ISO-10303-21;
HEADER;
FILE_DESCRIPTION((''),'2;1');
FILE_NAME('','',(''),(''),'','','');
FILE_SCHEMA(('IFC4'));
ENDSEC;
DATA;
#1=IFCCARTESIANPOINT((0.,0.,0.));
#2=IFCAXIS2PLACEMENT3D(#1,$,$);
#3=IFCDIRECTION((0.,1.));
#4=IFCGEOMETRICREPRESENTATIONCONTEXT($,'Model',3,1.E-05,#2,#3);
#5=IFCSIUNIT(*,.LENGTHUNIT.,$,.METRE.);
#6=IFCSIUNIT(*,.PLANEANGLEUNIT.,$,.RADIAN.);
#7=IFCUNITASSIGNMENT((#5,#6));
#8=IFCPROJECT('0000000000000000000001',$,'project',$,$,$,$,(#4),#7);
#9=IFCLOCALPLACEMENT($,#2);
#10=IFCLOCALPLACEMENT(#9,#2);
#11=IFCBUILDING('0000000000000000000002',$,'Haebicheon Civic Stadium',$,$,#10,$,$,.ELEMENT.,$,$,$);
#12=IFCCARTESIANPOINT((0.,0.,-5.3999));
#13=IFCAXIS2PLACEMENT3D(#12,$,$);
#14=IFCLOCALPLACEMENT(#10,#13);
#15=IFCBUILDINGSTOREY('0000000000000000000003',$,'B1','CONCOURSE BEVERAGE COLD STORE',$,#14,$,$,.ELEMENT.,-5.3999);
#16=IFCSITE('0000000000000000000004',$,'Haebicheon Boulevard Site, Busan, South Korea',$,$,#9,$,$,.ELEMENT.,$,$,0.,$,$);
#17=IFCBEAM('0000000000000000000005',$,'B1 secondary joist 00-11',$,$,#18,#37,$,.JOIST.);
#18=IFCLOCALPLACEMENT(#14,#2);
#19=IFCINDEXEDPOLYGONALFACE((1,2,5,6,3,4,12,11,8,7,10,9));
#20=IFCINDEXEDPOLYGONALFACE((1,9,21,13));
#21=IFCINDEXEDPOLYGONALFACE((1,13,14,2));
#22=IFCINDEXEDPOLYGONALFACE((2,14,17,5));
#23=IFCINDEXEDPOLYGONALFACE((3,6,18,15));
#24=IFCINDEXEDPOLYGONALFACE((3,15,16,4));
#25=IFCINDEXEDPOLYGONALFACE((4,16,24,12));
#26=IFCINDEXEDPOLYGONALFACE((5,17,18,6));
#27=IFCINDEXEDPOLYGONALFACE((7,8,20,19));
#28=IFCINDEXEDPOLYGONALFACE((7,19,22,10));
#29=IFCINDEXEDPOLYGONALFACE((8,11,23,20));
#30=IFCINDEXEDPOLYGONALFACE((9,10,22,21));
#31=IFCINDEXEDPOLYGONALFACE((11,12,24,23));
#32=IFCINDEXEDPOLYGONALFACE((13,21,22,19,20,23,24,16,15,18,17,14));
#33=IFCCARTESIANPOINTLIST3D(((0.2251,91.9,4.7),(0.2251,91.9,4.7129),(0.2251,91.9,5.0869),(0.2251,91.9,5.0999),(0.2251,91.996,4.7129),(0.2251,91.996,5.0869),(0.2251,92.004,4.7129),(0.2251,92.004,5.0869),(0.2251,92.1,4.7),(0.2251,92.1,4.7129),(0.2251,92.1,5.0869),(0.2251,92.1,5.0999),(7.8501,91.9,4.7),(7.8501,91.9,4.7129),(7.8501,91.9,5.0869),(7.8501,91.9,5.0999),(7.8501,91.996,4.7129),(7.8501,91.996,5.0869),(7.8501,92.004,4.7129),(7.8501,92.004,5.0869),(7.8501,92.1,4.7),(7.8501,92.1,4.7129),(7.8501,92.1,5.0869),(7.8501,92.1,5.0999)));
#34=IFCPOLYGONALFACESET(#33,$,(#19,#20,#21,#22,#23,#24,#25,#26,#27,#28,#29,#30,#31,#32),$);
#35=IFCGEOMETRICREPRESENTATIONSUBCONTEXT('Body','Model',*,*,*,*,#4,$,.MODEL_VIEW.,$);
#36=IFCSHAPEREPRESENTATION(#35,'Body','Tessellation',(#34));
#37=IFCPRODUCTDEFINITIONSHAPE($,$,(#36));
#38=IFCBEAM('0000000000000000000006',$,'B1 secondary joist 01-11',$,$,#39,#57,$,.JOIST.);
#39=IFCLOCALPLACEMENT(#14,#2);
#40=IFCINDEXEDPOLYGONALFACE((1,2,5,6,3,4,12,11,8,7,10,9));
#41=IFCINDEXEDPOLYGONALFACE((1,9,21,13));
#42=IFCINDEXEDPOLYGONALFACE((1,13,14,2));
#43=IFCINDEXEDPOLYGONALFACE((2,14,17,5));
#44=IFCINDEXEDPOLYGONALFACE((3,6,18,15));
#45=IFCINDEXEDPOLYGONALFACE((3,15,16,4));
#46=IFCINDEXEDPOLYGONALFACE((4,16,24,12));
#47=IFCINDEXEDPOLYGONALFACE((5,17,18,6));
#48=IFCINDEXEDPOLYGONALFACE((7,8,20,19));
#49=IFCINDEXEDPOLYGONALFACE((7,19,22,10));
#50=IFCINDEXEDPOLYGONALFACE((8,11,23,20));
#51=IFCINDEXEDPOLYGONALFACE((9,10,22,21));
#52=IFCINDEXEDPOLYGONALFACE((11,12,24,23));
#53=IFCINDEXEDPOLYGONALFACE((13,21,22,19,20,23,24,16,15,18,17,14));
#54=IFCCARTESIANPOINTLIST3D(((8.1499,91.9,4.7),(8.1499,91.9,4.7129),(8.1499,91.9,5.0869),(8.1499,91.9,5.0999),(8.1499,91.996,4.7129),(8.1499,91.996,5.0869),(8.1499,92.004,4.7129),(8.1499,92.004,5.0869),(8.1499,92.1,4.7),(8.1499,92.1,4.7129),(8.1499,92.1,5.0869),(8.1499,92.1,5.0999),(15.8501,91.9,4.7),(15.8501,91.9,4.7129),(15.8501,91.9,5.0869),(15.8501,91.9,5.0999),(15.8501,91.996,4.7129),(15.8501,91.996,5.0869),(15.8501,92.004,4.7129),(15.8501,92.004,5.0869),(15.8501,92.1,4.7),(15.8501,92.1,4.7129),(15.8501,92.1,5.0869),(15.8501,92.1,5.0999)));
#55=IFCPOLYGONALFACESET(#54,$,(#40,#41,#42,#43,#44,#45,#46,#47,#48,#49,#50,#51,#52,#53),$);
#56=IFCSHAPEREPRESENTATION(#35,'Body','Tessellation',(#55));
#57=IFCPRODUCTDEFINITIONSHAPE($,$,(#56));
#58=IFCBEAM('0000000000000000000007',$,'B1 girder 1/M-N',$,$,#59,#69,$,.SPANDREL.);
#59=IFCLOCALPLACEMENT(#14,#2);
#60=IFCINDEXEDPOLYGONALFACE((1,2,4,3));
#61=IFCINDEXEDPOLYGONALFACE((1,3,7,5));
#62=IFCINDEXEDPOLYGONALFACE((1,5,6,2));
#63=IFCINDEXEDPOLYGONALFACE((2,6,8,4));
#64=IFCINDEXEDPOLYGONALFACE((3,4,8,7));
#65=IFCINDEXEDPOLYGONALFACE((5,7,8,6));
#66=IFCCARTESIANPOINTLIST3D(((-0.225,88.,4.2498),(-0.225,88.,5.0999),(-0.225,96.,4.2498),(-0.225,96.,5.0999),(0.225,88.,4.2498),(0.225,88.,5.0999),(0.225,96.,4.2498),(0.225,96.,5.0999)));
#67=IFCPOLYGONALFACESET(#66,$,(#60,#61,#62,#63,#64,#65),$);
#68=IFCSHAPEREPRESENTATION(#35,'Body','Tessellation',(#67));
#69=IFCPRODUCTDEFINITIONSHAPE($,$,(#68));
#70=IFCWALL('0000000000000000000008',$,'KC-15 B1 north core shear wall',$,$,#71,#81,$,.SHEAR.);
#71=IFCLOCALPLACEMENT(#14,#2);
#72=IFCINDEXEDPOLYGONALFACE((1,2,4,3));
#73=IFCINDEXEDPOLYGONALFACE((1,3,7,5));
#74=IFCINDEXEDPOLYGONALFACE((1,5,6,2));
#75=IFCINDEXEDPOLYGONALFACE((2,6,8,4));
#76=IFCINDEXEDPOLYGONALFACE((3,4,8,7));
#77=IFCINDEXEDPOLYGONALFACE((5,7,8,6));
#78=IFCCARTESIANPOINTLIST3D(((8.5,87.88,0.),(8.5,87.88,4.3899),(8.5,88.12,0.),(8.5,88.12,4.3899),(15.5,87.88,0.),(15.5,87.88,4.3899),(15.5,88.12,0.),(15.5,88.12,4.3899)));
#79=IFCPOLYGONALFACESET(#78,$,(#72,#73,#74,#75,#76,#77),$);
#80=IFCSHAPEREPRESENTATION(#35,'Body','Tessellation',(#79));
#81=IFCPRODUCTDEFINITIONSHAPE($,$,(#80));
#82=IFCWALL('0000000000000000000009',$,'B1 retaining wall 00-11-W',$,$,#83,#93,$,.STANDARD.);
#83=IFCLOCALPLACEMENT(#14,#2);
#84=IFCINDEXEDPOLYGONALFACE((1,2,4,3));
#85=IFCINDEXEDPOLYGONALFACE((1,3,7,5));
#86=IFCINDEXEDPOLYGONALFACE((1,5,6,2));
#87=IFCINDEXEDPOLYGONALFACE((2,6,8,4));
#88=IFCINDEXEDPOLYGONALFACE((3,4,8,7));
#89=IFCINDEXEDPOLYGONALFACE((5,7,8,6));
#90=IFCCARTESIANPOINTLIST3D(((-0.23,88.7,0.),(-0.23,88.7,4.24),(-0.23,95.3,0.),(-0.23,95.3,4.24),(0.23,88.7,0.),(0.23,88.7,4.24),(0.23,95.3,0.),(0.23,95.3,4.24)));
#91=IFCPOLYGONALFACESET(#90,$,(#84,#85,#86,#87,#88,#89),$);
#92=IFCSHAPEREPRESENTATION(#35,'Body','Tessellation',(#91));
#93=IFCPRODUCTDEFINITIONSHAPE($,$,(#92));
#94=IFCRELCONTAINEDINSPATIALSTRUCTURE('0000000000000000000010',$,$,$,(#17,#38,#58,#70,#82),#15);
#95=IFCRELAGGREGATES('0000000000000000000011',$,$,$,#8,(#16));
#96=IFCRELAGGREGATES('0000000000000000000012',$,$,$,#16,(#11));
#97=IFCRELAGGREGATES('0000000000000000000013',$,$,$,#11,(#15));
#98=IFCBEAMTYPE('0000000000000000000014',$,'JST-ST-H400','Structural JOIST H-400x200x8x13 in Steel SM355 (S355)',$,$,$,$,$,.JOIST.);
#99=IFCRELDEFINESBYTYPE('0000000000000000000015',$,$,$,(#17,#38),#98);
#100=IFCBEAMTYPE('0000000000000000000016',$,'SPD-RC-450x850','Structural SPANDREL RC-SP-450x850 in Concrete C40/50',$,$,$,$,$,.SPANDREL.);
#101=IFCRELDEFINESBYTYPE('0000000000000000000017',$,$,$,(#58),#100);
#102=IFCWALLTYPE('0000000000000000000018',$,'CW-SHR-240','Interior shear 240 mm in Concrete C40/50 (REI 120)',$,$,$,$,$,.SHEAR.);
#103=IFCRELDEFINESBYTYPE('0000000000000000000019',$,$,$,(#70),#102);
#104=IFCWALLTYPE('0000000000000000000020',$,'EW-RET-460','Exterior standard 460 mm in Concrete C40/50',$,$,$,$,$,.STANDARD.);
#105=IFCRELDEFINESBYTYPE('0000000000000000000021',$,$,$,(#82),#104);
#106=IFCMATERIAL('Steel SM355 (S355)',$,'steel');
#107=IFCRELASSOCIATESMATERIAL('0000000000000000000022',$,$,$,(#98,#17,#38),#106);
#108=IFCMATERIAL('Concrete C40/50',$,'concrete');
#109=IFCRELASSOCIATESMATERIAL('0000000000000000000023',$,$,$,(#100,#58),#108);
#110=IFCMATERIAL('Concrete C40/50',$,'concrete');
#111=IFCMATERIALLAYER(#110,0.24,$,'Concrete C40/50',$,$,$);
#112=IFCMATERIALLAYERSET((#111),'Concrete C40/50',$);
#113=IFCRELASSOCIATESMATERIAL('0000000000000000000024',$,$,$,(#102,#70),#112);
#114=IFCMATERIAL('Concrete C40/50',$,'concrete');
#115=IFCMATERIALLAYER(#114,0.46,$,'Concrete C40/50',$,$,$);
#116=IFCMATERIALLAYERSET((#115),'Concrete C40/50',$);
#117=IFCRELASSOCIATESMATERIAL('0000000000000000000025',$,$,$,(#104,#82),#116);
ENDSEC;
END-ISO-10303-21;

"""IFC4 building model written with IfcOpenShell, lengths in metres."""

from ifc_helpers import new_model, si_unit, direction, frame, frame_2d, origin, origin_2d, place, context, subcontext, project, spatial, rectangle, i_section, extrude, material, layer, layer_set, material_profile, profile_set, type_object, element, save


model = new_model("IFC4")

# Units and contexts
model_context = context("Model", 3, precision=1e-05, world=origin(), true_north=direction((0.0, 1.0)))
body_context = subcontext(model_context, "Body", "Model", "MODEL_VIEW")
ifc_project = project(units=[si_unit("LENGTHUNIT", "METRE"), si_unit("PLANEANGLEUNIT", "RADIAN")], contexts=[model_context])

# Site, building, storey
site_placement = place(None, origin())
site = spatial("IfcSite", under=ifc_project, at=site_placement, Name="Haebicheon Boulevard Site, Busan, South Korea", CompositionType="ELEMENT", RefElevation=0.0)
building_placement = place(site_placement, origin())
building = spatial("IfcBuilding", under=site, at=building_placement, Name="Haebicheon Civic Stadium", CompositionType="ELEMENT")
storey_placement = place(building_placement, frame((0.0, 0.0, -5.3999)))
storey = spatial("IfcBuildingStorey", under=building, at=storey_placement, Name="B1", Description="CONCOURSE BEVERAGE COLD STORE", CompositionType="ELEMENT", Elevation=-5.3999)

# Beams
ifc_material_1 = material(Name="Steel SM355 (S355)", Category="steel")
ifc_material_profile_1 = material_profile(ifc_material_1, i_section(OverallWidth=0.2, OverallDepth=0.3999, WebThickness=0.0081, FlangeThickness=0.0129, at=origin_2d()), Name="H-400x200x8x13")
ifc_profile_set_1 = profile_set([ifc_material_profile_1], Name="Steel SM355 (S355)")
beam_type_1 = type_object("IfcBeamType", Name="JST-ST-H400", Description="Structural JOIST H-400x200x8x13 in Steel SM355 (S355)", PredefinedType="JOIST", material=ifc_profile_set_1)
beam_1_placement = place(storey_placement, frame((0.2251, 92.0, 4.8999), z_axis=(1.0, 0.0, 0.0), x_axis=(0.0, 1.0, 0.0)))
element("IfcBeam", 1, at=beam_1_placement, inside=storey, type_object=beam_type_1, material=ifc_profile_set_1, Name="B1 secondary joist 00-11", PredefinedType="JOIST", context=body_context, shape_type="SweptSolid", body=[
    extrude(i_section(OverallWidth=0.2, OverallDepth=0.3999, WebThickness=0.0081, FlangeThickness=0.0129, at=origin_2d()), origin(), (0.0, 0.0, 1.0), 7.625),
])
beam_2_placement = place(storey_placement, frame((8.1499, 92.0, 4.8999), z_axis=(1.0, 0.0, 0.0), x_axis=(0.0, 1.0, 0.0)))
element("IfcBeam", 2, at=beam_2_placement, inside=storey, type_object=beam_type_1, material=ifc_profile_set_1, Name="B1 secondary joist 01-11", PredefinedType="JOIST", context=body_context, shape_type="SweptSolid", body=[
    extrude(i_section(OverallWidth=0.2, OverallDepth=0.3999, WebThickness=0.0081, FlangeThickness=0.0129, at=origin_2d()), origin(), (0.0, 0.0, 1.0), 7.7002),
])
ifc_material_2 = material(Name="Concrete C40/50", Category="concrete")
ifc_material_profile_2 = material_profile(ifc_material_2, rectangle(XDim=0.45, YDim=0.8501, at=origin_2d()), Name="RC-SP-450x850")
ifc_profile_set_2 = profile_set([ifc_material_profile_2], Name="Concrete C40/50")
beam_type_2 = type_object("IfcBeamType", Name="SPD-RC-450x850", Description="Structural SPANDREL RC-SP-450x850 in Concrete C40/50", PredefinedType="SPANDREL", material=ifc_profile_set_2)
beam_3_placement = place(storey_placement, frame((0.0, 88.0, 4.6748), z_axis=(0.0, 1.0, 0.0), x_axis=(-1.0, 0.0, 0.0)))
element("IfcBeam", 3, at=beam_3_placement, inside=storey, type_object=beam_type_2, material=ifc_profile_set_2, Name="B1 girder 1/M-N", PredefinedType="SPANDREL", context=body_context, shape_type="SweptSolid", body=[
    extrude(rectangle(XDim=0.45, YDim=0.8501, at=origin_2d()), origin(), (0.0, 0.0, 1.0), 8.0),
])

# Walls
ifc_material_3 = material(Name="Concrete C40/50", Category="concrete")
ifc_layer_1 = layer(ifc_material_3, 0.24, Name="Concrete C40/50")
ifc_layer_set_1 = layer_set([ifc_layer_1], Name="Concrete C40/50")
wall_type_1 = type_object("IfcWallType", Name="CW-SHR-240", Description="Interior shear 240 mm in Concrete C40/50 (REI 120)", PredefinedType="SHEAR", material=ifc_layer_set_1)
wall_1_placement = place(storey_placement, frame((8.5, 88.0, 0.0), z_axis=(0.0, 0.0, 1.0), x_axis=(1.0, 0.0, 0.0)))
element("IfcWall", 4, at=wall_1_placement, inside=storey, type_object=wall_type_1, material=ifc_layer_set_1, Name="KC-15 B1 north core shear wall", PredefinedType="SHEAR", context=body_context, shape_type="SweptSolid", body=[
    extrude(rectangle(XDim=7.0, YDim=0.24, at=frame_2d((3.5, 0.0))), origin(), (0.0, 0.0, 1.0), 4.3899),
])
ifc_material_4 = material(Name="Concrete C40/50", Category="concrete")
ifc_layer_2 = layer(ifc_material_4, 0.46, Name="Concrete C40/50")
ifc_layer_set_2 = layer_set([ifc_layer_2], Name="Concrete C40/50")
wall_type_2 = type_object("IfcWallType", Name="EW-RET-460", Description="Exterior standard 460 mm in Concrete C40/50", PredefinedType="STANDARD", material=ifc_layer_set_2)
wall_2_placement = place(storey_placement, frame((0.0, 88.7, 0.0), z_axis=(0.0, 0.0, 1.0), x_axis=(0.0, 1.0, 0.0)))
element("IfcWall", 5, at=wall_2_placement, inside=storey, type_object=wall_type_2, material=ifc_layer_set_2, Name="B1 retaining wall 00-11-W", PredefinedType="STANDARD", context=body_context, shape_type="SweptSolid", body=[
    extrude(rectangle(XDim=6.6001, YDim=0.46, at=frame_2d((3.3, 0.0))), origin(), (0.0, 0.0, 1.0), 4.24),
])

save(model, "model.ifc")
